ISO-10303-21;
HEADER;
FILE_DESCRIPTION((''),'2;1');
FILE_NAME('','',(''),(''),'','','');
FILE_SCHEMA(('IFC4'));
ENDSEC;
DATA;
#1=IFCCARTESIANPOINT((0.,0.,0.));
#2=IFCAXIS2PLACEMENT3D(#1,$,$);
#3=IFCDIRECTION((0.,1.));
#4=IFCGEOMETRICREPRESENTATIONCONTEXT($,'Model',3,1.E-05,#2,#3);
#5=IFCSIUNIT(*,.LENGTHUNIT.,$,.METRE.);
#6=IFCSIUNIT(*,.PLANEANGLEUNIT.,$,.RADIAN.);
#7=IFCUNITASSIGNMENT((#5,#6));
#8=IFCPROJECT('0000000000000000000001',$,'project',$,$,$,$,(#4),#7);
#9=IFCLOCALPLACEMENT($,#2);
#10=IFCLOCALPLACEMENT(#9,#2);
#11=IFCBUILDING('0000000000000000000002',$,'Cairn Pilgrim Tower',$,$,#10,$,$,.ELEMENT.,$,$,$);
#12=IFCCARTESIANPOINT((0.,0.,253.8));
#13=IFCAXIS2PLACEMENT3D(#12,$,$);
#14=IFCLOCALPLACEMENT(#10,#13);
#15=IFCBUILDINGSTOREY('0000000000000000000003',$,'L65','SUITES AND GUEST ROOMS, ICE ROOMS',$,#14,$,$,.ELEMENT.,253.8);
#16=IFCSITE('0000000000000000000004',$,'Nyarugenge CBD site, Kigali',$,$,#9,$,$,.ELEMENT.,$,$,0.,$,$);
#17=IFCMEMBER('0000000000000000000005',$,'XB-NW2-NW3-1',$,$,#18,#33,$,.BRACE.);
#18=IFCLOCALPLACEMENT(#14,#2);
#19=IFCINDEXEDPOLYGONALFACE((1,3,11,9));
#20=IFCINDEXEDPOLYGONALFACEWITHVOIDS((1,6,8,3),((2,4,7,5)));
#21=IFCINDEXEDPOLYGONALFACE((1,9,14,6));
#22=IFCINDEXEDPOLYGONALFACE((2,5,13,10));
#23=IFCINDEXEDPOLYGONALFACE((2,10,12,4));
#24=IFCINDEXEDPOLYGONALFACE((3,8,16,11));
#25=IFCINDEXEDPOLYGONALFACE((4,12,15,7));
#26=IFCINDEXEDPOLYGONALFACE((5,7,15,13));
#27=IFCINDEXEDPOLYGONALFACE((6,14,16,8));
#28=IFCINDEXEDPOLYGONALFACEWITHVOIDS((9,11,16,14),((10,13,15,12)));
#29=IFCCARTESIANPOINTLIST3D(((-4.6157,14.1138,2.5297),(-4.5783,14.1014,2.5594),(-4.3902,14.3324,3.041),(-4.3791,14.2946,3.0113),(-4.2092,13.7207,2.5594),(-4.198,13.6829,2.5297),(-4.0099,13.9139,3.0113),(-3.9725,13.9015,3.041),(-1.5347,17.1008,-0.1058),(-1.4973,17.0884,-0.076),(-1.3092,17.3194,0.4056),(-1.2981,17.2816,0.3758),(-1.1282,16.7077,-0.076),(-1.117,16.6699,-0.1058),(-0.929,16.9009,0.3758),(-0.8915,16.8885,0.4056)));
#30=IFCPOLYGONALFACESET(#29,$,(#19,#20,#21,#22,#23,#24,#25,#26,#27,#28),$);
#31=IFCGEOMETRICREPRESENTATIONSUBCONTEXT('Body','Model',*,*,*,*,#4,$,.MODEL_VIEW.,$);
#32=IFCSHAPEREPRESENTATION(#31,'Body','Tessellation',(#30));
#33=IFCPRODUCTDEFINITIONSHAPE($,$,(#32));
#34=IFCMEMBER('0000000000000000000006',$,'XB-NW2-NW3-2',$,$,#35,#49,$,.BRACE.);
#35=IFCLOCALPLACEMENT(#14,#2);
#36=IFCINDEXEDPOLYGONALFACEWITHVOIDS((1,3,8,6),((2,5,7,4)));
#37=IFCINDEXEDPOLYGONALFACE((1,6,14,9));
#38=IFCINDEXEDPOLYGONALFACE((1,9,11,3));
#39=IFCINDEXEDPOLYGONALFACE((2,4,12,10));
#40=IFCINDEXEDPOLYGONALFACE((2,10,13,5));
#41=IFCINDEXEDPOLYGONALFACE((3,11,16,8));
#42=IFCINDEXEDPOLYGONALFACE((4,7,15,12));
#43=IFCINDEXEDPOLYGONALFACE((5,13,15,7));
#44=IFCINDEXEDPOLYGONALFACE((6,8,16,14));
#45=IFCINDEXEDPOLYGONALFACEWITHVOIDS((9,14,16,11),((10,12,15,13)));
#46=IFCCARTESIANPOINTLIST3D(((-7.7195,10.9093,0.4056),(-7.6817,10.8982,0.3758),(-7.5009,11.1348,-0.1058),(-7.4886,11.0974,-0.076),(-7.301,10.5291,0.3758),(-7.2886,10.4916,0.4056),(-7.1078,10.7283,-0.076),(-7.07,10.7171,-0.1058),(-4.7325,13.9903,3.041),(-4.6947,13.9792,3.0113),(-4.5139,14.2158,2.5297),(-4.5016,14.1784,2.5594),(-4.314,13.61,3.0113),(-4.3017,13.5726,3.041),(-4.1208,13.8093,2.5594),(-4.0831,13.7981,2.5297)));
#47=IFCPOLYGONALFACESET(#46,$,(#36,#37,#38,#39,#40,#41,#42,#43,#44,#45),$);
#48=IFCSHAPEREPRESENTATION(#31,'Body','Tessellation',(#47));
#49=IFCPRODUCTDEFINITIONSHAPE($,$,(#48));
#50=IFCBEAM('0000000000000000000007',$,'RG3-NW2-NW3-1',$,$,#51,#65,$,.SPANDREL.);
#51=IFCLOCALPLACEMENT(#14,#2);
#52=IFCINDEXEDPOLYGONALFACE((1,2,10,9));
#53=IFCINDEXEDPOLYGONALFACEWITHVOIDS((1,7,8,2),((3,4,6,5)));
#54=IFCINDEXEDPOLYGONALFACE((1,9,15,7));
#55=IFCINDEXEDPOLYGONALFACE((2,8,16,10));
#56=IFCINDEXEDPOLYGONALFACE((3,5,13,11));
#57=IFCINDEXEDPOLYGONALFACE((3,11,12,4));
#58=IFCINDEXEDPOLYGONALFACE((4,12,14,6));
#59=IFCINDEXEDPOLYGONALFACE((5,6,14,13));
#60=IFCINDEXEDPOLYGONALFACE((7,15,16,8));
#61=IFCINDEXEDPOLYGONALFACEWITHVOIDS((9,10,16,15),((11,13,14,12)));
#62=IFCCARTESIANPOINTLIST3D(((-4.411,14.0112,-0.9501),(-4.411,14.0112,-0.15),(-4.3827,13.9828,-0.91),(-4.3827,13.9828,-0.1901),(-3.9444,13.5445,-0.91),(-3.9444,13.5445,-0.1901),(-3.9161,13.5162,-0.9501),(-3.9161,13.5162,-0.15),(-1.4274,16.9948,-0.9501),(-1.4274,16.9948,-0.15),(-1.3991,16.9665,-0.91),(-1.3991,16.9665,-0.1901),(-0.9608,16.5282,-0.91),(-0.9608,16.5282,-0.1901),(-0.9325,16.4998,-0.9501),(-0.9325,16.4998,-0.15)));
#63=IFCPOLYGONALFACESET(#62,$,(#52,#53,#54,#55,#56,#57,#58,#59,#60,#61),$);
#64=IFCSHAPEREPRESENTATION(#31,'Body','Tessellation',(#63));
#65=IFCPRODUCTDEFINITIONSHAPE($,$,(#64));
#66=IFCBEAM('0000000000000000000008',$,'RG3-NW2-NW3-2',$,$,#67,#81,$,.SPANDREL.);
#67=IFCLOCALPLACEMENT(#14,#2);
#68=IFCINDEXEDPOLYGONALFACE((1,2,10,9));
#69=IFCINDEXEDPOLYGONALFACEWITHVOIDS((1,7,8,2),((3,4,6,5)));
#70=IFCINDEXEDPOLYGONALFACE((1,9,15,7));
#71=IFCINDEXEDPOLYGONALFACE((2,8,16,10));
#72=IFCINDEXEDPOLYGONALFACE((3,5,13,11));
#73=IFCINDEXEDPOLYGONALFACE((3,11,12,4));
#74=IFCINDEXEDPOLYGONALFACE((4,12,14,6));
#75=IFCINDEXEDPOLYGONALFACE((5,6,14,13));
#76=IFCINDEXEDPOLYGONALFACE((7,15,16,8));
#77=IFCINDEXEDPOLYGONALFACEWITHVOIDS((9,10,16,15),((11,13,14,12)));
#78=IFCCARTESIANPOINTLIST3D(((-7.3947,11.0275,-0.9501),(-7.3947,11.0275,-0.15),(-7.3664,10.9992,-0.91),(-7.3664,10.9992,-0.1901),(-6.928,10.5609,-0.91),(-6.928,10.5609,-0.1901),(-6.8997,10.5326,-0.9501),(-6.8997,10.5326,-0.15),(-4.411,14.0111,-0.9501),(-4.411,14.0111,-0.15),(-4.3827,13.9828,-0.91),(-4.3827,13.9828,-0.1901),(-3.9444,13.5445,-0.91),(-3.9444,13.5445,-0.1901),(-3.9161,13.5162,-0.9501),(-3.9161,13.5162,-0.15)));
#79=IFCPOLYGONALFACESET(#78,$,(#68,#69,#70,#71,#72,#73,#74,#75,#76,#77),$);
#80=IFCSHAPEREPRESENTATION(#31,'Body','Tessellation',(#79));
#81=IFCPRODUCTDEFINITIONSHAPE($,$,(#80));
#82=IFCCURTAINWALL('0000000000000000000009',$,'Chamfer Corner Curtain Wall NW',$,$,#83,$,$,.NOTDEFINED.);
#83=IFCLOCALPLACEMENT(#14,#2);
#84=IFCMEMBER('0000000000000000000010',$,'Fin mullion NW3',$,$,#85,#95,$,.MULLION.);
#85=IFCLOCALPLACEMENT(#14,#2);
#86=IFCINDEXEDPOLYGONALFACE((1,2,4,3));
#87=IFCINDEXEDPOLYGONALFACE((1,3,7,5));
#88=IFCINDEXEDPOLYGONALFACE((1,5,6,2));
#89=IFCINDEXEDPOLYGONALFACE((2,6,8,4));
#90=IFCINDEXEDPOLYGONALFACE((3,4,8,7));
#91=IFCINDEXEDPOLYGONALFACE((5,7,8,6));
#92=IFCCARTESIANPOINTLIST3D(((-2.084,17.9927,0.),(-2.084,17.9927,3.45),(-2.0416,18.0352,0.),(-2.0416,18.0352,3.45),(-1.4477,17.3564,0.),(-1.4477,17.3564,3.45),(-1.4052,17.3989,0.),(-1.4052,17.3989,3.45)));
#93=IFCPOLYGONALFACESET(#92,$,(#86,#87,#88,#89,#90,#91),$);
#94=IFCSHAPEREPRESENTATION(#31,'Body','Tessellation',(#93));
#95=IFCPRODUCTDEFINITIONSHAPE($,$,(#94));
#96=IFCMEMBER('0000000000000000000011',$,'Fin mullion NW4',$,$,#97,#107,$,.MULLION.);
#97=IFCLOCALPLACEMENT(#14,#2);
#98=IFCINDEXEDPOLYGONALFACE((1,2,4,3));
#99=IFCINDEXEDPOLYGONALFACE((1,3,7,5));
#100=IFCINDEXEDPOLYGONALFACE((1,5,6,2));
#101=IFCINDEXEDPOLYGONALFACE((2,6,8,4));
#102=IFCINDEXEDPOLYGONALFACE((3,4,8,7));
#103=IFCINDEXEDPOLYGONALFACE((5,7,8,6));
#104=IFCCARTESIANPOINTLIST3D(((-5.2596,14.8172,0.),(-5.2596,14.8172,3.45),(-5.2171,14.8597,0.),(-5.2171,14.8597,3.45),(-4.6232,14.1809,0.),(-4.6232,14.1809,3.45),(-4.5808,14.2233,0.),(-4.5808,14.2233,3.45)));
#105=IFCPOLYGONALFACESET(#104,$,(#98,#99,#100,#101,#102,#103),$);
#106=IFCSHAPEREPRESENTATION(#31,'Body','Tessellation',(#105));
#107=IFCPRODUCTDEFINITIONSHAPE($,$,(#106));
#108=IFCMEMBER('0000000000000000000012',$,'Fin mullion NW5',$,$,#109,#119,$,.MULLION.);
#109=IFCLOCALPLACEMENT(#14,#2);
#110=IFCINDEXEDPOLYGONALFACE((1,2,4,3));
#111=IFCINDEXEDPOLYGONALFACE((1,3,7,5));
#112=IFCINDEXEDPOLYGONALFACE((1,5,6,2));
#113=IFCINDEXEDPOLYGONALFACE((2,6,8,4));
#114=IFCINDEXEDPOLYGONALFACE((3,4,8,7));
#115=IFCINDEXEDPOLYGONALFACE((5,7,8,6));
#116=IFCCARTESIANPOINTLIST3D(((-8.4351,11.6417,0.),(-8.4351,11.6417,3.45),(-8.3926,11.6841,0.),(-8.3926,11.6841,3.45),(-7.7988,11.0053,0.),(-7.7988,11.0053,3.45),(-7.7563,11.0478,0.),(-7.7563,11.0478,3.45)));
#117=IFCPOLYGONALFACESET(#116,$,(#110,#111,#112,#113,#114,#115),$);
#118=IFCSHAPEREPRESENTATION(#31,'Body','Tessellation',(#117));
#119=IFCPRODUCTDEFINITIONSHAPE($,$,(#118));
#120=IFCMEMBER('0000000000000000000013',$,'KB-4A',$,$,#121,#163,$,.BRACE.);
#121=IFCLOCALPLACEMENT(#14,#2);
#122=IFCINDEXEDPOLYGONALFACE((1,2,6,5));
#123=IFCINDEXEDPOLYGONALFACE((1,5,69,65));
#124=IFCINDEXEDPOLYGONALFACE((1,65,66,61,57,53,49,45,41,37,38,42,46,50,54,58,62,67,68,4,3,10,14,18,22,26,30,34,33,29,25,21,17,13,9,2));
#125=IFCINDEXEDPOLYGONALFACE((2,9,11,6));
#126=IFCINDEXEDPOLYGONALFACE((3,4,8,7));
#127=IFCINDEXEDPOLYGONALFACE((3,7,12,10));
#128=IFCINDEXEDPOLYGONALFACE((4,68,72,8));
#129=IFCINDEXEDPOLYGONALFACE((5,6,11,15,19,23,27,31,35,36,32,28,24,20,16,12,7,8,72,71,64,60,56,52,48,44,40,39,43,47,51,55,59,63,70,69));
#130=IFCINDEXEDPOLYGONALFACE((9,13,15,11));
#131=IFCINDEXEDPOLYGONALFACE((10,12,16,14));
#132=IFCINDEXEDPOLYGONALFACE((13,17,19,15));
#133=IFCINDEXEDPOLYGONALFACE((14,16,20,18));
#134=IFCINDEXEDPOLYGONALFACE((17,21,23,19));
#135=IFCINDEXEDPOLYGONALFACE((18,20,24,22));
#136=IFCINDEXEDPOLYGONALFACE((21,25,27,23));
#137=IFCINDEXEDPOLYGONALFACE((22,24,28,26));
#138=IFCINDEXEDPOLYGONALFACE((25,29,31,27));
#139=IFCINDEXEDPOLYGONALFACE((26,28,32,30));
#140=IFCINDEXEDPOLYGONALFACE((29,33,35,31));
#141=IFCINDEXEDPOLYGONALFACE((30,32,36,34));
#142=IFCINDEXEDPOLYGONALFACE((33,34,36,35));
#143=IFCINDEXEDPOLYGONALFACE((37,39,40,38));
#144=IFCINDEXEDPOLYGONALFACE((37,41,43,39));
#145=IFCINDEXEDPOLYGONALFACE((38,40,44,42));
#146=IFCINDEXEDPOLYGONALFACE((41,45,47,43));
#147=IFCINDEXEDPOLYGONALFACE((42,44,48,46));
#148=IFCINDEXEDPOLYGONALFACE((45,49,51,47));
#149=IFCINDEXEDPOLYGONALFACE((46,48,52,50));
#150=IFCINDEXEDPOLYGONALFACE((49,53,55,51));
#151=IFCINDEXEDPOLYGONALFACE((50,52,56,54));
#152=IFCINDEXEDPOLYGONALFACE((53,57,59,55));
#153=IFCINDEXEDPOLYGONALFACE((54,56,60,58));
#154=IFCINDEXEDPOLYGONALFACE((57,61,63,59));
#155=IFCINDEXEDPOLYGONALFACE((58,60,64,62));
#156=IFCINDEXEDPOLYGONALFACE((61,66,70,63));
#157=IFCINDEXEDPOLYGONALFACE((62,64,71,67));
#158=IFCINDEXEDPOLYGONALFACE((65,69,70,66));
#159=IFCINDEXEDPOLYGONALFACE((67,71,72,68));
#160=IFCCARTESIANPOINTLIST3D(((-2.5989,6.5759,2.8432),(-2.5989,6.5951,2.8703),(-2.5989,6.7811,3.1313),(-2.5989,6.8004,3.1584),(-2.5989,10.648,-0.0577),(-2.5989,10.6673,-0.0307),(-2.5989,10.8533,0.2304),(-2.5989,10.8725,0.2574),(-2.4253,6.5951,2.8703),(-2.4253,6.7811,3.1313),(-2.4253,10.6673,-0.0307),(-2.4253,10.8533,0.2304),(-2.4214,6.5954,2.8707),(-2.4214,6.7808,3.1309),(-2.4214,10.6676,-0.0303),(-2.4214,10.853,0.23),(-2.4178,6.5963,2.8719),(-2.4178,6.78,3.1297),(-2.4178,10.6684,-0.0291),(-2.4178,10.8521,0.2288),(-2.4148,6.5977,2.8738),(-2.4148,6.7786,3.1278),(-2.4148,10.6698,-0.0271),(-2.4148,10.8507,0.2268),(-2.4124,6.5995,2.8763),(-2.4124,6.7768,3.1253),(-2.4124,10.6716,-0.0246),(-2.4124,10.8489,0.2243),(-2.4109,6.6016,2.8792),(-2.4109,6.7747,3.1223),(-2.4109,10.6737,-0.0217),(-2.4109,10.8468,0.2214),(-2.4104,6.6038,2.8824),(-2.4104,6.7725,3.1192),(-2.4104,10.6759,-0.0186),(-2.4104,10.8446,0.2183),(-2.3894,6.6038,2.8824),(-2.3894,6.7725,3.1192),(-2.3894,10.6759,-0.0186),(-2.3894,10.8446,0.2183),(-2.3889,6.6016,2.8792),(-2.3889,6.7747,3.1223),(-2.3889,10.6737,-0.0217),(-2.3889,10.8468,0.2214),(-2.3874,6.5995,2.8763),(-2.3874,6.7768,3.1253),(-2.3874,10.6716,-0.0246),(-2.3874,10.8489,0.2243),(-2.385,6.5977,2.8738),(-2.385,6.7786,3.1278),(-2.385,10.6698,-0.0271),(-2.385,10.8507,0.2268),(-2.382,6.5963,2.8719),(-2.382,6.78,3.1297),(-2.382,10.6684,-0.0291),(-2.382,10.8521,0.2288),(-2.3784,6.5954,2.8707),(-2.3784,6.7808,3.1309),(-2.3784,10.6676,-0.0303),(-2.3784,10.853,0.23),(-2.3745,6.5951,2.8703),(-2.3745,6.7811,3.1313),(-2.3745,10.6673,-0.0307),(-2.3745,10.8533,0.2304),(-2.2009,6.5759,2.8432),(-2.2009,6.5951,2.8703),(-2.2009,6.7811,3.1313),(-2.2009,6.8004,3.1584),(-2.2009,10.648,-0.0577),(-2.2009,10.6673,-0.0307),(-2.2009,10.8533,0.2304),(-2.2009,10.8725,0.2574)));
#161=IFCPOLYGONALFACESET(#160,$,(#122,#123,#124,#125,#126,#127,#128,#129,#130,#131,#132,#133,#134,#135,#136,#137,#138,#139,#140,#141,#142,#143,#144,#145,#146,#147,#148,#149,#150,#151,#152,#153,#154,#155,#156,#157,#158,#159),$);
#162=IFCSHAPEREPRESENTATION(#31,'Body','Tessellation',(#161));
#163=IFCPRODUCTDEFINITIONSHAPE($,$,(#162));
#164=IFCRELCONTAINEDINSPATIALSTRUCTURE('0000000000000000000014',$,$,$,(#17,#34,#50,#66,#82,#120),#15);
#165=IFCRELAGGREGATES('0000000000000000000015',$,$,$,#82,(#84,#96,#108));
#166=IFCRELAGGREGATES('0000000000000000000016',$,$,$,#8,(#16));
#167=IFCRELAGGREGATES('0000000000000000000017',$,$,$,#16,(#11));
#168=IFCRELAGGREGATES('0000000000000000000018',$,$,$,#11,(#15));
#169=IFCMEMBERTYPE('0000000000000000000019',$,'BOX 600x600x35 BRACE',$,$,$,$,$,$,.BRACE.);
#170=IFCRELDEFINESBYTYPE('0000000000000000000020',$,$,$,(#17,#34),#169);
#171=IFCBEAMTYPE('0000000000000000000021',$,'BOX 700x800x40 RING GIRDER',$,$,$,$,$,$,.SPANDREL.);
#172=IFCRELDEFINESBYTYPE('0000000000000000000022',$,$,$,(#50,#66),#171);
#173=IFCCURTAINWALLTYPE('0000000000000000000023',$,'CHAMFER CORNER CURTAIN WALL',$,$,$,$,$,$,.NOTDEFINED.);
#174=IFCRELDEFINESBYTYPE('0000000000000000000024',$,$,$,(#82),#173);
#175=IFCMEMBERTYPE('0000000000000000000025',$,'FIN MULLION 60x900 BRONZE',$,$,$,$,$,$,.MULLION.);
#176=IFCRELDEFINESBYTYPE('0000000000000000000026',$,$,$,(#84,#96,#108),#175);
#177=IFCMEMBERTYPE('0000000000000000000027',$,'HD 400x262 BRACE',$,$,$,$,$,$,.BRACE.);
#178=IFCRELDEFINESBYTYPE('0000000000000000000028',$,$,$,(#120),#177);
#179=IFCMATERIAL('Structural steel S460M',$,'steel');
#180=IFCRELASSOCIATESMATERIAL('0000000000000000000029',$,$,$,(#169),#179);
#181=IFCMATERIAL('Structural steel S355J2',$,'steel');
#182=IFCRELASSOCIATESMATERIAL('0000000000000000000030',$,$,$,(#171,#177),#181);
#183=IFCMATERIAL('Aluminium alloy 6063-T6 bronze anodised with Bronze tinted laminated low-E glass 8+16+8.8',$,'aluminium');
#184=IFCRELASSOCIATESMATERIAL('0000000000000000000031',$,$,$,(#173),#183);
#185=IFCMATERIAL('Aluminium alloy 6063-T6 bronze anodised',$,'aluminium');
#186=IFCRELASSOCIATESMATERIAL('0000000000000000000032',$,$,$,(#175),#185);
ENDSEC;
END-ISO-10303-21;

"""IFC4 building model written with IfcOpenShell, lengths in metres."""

from ifc_helpers import new_model, si_unit, direction, frame, origin, origin_2d, place, context, subcontext, project, spatial, rectangle, hollow_rectangle, i_section, extrude, material, material_profile, profile_set, type_object, element, aggregate, save


model = new_model("IFC4")

# Units and contexts
model_context = context("Model", 3, precision=1e-05, world=origin(), true_north=direction((0.0, 1.0)))
body_context = subcontext(model_context, "Body", "Model", "MODEL_VIEW")
ifc_project = project(units=[si_unit("LENGTHUNIT", "METRE"), si_unit("PLANEANGLEUNIT", "RADIAN")], contexts=[model_context])

# Site, building, storey
site_placement = place(None, origin())
site = spatial("IfcSite", under=ifc_project, at=site_placement, Name="Nyarugenge CBD site, Kigali", CompositionType="ELEMENT", RefElevation=0.0)
building_placement = place(site_placement, origin())
building = spatial("IfcBuilding", under=site, at=building_placement, Name="Cairn Pilgrim Tower", CompositionType="ELEMENT")
storey_placement = place(building_placement, frame((0.0, 0.0, 253.8)))
storey = spatial("IfcBuildingStorey", under=building, at=storey_placement, Name="L65", Description="SUITES AND GUEST ROOMS, ICE ROOMS", CompositionType="ELEMENT", Elevation=253.8)

# Shared definitions
ifc_material_1 = material(Name="Structural steel S355J2", Category="steel")
ifc_material_2 = material(Name="Structural steel S460M", Category="steel")

# Members
ifc_material_profile_1 = material_profile(ifc_material_2, hollow_rectangle(XDim=0.6001, YDim=0.6001, WallThickness=0.0349, at=origin_2d()), Name="BOX 600x600x35")
ifc_profile_set_1 = profile_set([ifc_material_profile_1], Name="Structural steel S460M")
member_type_1 = type_object("IfcMemberType", Name="BOX 600x600x35 BRACE", PredefinedType="BRACE", material=ifc_profile_set_1)
for number, where, z_axis, x_axis, name in (
    (1, (-1.2131, 16.9946, 0.1499), (-0.611806, -0.593142, 0.523332), (0.69607, -0.717974, 0.0), "XB-NW2-NW3-1"),
    (2, (-7.3948, 10.8132, 0.1499), (0.593142, 0.611806, 0.523332), (-0.717974, 0.69607, 0.0), "XB-NW2-NW3-2"),
):
    element("IfcMember", number, at=place(storey_placement, frame(where, z_axis=z_axis, x_axis=x_axis)), inside=storey, type_object=member_type_1, Name=name, PredefinedType="BRACE", context=body_context, shape_type="SweptSolid", body=[
        extrude(hollow_rectangle(XDim=0.6001, YDim=0.6001, WallThickness=0.0349, at=origin_2d()), origin(), (0.0, 0.0, 1.0), 5.0359),
    ])

# Beams
ifc_material_profile_2 = material_profile(ifc_material_1, hollow_rectangle(XDim=0.7, YDim=0.8, WallThickness=0.04, at=origin_2d()), Name="BOX 700x800x40")
ifc_profile_set_2 = profile_set([ifc_material_profile_2], Name="Structural steel S355J2")
beam_type_1 = type_object("IfcBeamType", Name="BOX 700x800x40 RING GIRDER", PredefinedType="SPANDREL", material=ifc_profile_set_2)
for number, where, z_axis, x_axis, name in (
    (3, (-1.1799, 16.7473, -0.55), (-0.707107, -0.707107, 0.0), (0.707107, -0.707107, 0.0), "RG3-NW2-NW3-1"),
    (4, (-4.1636, 13.7637, -0.55), (-0.707107, -0.707107, 0.0), (0.707107, -0.707107, 0.0), "RG3-NW2-NW3-2"),
):
    element("IfcBeam", number, at=place(storey_placement, frame(where, z_axis=z_axis, x_axis=x_axis)), inside=storey, type_object=beam_type_1, Name=name, PredefinedType="SPANDREL", context=body_context, shape_type="SweptSolid", body=[
        extrude(hollow_rectangle(XDim=0.7, YDim=0.8, WallThickness=0.04, at=origin_2d()), origin(), (0.0, 0.0, 1.0), 4.2195),
    ])

# Curtain wall, members
ifc_material_3 = material(Name="Aluminium alloy 6063-T6 bronze anodised with Bronze tinted laminated low-E glass 8+16+8.8", Category="aluminium")
curtain_wall_type = type_object("IfcCurtainWallType", Name="CHAMFER CORNER CURTAIN WALL", PredefinedType="NOTDEFINED", material=ifc_material_3)
curtain_wall_placement = place(storey_placement, origin())
curtain_wall = element("IfcCurtainWall", 5, at=curtain_wall_placement, inside=storey, type_object=curtain_wall_type, Name="Chamfer Corner Curtain Wall NW", PredefinedType="NOTDEFINED")
ifc_material_4 = material(Name="Aluminium alloy 6063-T6 bronze anodised", Category="aluminium")
ifc_material_profile_3 = material_profile(ifc_material_4, rectangle(XDim=0.8999, YDim=0.0601, at=origin_2d()), Name="FIN MULLION 60x900 BRONZE")
ifc_profile_set_3 = profile_set([ifc_material_profile_3], Name="Aluminium alloy 6063-T6 bronze anodised")
member_type_2 = type_object("IfcMemberType", Name="FIN MULLION 60x900 BRONZE", PredefinedType="MULLION", material=ifc_profile_set_3)
member_1_placement = place(storey_placement, frame((-1.7446, 17.6958, 0.0), z_axis=(0.0, 0.0, 1.0), x_axis=(-0.707107, 0.707107, 0.0)))
member_1 = element("IfcMember", 6, at=member_1_placement, type_object=member_type_2, Name="Fin mullion NW3", PredefinedType="MULLION", context=body_context, shape_type="SweptSolid", body=[
    extrude(rectangle(XDim=0.8999, YDim=0.0601, at=origin_2d()), origin(), (0.0, 0.0, 1.0), 3.45),
])
member_2_placement = place(storey_placement, frame((-4.9202, 14.5203, 0.0), z_axis=(0.0, 0.0, 1.0), x_axis=(-0.707107, 0.707107, 0.0)))
member_2 = element("IfcMember", 7, at=member_2_placement, type_object=member_type_2, Name="Fin mullion NW4", PredefinedType="MULLION", context=body_context, shape_type="SweptSolid", body=[
    extrude(rectangle(XDim=0.8999, YDim=0.0601, at=origin_2d()), origin(), (0.0, 0.0, 1.0), 3.45),
])
member_3_placement = place(storey_placement, frame((-8.0957, 11.3447, 0.0), z_axis=(0.0, 0.0, 1.0), x_axis=(-0.707107, 0.707107, 0.0)))
member_3 = element("IfcMember", 8, at=member_3_placement, type_object=member_type_2, Name="Fin mullion NW5", PredefinedType="MULLION", context=body_context, shape_type="SweptSolid", body=[
    extrude(rectangle(XDim=0.8999, YDim=0.0601, at=origin_2d()), origin(), (0.0, 0.0, 1.0), 3.45),
])

# Member
ifc_material_profile_4 = material_profile(ifc_material_1, i_section(OverallWidth=0.3979, OverallDepth=0.387, WebThickness=0.021, FlangeThickness=0.0332, FilletRadius=0.0149, at=origin_2d()), Name="HD 400x262")
ifc_profile_set_4 = profile_set([ifc_material_profile_4], Name="Structural steel S355J2")
member_type_3 = type_object("IfcMemberType", Name="HD 400x262 BRACE", PredefinedType="BRACE", material=ifc_profile_set_4)
member_4_placement = place(storey_placement, frame((-2.3999, 10.7603, 0.0999), z_axis=(0.0, -0.814462, 0.580217), x_axis=(1.0, 0.0, 0.0)))
element("IfcMember", 9, at=member_4_placement, inside=storey, type_object=member_type_3, Name="KB-4A", PredefinedType="BRACE", context=body_context, shape_type="SweptSolid", body=[
    extrude(i_section(OverallWidth=0.3979, OverallDepth=0.387, WebThickness=0.021, FlangeThickness=0.0332, FilletRadius=0.0149, at=origin_2d()), origin(), (0.0, 0.0, 1.0), 4.9998),
])

aggregate(curtain_wall, [member_1, member_2, member_3])

save(model, "model.ifc")
